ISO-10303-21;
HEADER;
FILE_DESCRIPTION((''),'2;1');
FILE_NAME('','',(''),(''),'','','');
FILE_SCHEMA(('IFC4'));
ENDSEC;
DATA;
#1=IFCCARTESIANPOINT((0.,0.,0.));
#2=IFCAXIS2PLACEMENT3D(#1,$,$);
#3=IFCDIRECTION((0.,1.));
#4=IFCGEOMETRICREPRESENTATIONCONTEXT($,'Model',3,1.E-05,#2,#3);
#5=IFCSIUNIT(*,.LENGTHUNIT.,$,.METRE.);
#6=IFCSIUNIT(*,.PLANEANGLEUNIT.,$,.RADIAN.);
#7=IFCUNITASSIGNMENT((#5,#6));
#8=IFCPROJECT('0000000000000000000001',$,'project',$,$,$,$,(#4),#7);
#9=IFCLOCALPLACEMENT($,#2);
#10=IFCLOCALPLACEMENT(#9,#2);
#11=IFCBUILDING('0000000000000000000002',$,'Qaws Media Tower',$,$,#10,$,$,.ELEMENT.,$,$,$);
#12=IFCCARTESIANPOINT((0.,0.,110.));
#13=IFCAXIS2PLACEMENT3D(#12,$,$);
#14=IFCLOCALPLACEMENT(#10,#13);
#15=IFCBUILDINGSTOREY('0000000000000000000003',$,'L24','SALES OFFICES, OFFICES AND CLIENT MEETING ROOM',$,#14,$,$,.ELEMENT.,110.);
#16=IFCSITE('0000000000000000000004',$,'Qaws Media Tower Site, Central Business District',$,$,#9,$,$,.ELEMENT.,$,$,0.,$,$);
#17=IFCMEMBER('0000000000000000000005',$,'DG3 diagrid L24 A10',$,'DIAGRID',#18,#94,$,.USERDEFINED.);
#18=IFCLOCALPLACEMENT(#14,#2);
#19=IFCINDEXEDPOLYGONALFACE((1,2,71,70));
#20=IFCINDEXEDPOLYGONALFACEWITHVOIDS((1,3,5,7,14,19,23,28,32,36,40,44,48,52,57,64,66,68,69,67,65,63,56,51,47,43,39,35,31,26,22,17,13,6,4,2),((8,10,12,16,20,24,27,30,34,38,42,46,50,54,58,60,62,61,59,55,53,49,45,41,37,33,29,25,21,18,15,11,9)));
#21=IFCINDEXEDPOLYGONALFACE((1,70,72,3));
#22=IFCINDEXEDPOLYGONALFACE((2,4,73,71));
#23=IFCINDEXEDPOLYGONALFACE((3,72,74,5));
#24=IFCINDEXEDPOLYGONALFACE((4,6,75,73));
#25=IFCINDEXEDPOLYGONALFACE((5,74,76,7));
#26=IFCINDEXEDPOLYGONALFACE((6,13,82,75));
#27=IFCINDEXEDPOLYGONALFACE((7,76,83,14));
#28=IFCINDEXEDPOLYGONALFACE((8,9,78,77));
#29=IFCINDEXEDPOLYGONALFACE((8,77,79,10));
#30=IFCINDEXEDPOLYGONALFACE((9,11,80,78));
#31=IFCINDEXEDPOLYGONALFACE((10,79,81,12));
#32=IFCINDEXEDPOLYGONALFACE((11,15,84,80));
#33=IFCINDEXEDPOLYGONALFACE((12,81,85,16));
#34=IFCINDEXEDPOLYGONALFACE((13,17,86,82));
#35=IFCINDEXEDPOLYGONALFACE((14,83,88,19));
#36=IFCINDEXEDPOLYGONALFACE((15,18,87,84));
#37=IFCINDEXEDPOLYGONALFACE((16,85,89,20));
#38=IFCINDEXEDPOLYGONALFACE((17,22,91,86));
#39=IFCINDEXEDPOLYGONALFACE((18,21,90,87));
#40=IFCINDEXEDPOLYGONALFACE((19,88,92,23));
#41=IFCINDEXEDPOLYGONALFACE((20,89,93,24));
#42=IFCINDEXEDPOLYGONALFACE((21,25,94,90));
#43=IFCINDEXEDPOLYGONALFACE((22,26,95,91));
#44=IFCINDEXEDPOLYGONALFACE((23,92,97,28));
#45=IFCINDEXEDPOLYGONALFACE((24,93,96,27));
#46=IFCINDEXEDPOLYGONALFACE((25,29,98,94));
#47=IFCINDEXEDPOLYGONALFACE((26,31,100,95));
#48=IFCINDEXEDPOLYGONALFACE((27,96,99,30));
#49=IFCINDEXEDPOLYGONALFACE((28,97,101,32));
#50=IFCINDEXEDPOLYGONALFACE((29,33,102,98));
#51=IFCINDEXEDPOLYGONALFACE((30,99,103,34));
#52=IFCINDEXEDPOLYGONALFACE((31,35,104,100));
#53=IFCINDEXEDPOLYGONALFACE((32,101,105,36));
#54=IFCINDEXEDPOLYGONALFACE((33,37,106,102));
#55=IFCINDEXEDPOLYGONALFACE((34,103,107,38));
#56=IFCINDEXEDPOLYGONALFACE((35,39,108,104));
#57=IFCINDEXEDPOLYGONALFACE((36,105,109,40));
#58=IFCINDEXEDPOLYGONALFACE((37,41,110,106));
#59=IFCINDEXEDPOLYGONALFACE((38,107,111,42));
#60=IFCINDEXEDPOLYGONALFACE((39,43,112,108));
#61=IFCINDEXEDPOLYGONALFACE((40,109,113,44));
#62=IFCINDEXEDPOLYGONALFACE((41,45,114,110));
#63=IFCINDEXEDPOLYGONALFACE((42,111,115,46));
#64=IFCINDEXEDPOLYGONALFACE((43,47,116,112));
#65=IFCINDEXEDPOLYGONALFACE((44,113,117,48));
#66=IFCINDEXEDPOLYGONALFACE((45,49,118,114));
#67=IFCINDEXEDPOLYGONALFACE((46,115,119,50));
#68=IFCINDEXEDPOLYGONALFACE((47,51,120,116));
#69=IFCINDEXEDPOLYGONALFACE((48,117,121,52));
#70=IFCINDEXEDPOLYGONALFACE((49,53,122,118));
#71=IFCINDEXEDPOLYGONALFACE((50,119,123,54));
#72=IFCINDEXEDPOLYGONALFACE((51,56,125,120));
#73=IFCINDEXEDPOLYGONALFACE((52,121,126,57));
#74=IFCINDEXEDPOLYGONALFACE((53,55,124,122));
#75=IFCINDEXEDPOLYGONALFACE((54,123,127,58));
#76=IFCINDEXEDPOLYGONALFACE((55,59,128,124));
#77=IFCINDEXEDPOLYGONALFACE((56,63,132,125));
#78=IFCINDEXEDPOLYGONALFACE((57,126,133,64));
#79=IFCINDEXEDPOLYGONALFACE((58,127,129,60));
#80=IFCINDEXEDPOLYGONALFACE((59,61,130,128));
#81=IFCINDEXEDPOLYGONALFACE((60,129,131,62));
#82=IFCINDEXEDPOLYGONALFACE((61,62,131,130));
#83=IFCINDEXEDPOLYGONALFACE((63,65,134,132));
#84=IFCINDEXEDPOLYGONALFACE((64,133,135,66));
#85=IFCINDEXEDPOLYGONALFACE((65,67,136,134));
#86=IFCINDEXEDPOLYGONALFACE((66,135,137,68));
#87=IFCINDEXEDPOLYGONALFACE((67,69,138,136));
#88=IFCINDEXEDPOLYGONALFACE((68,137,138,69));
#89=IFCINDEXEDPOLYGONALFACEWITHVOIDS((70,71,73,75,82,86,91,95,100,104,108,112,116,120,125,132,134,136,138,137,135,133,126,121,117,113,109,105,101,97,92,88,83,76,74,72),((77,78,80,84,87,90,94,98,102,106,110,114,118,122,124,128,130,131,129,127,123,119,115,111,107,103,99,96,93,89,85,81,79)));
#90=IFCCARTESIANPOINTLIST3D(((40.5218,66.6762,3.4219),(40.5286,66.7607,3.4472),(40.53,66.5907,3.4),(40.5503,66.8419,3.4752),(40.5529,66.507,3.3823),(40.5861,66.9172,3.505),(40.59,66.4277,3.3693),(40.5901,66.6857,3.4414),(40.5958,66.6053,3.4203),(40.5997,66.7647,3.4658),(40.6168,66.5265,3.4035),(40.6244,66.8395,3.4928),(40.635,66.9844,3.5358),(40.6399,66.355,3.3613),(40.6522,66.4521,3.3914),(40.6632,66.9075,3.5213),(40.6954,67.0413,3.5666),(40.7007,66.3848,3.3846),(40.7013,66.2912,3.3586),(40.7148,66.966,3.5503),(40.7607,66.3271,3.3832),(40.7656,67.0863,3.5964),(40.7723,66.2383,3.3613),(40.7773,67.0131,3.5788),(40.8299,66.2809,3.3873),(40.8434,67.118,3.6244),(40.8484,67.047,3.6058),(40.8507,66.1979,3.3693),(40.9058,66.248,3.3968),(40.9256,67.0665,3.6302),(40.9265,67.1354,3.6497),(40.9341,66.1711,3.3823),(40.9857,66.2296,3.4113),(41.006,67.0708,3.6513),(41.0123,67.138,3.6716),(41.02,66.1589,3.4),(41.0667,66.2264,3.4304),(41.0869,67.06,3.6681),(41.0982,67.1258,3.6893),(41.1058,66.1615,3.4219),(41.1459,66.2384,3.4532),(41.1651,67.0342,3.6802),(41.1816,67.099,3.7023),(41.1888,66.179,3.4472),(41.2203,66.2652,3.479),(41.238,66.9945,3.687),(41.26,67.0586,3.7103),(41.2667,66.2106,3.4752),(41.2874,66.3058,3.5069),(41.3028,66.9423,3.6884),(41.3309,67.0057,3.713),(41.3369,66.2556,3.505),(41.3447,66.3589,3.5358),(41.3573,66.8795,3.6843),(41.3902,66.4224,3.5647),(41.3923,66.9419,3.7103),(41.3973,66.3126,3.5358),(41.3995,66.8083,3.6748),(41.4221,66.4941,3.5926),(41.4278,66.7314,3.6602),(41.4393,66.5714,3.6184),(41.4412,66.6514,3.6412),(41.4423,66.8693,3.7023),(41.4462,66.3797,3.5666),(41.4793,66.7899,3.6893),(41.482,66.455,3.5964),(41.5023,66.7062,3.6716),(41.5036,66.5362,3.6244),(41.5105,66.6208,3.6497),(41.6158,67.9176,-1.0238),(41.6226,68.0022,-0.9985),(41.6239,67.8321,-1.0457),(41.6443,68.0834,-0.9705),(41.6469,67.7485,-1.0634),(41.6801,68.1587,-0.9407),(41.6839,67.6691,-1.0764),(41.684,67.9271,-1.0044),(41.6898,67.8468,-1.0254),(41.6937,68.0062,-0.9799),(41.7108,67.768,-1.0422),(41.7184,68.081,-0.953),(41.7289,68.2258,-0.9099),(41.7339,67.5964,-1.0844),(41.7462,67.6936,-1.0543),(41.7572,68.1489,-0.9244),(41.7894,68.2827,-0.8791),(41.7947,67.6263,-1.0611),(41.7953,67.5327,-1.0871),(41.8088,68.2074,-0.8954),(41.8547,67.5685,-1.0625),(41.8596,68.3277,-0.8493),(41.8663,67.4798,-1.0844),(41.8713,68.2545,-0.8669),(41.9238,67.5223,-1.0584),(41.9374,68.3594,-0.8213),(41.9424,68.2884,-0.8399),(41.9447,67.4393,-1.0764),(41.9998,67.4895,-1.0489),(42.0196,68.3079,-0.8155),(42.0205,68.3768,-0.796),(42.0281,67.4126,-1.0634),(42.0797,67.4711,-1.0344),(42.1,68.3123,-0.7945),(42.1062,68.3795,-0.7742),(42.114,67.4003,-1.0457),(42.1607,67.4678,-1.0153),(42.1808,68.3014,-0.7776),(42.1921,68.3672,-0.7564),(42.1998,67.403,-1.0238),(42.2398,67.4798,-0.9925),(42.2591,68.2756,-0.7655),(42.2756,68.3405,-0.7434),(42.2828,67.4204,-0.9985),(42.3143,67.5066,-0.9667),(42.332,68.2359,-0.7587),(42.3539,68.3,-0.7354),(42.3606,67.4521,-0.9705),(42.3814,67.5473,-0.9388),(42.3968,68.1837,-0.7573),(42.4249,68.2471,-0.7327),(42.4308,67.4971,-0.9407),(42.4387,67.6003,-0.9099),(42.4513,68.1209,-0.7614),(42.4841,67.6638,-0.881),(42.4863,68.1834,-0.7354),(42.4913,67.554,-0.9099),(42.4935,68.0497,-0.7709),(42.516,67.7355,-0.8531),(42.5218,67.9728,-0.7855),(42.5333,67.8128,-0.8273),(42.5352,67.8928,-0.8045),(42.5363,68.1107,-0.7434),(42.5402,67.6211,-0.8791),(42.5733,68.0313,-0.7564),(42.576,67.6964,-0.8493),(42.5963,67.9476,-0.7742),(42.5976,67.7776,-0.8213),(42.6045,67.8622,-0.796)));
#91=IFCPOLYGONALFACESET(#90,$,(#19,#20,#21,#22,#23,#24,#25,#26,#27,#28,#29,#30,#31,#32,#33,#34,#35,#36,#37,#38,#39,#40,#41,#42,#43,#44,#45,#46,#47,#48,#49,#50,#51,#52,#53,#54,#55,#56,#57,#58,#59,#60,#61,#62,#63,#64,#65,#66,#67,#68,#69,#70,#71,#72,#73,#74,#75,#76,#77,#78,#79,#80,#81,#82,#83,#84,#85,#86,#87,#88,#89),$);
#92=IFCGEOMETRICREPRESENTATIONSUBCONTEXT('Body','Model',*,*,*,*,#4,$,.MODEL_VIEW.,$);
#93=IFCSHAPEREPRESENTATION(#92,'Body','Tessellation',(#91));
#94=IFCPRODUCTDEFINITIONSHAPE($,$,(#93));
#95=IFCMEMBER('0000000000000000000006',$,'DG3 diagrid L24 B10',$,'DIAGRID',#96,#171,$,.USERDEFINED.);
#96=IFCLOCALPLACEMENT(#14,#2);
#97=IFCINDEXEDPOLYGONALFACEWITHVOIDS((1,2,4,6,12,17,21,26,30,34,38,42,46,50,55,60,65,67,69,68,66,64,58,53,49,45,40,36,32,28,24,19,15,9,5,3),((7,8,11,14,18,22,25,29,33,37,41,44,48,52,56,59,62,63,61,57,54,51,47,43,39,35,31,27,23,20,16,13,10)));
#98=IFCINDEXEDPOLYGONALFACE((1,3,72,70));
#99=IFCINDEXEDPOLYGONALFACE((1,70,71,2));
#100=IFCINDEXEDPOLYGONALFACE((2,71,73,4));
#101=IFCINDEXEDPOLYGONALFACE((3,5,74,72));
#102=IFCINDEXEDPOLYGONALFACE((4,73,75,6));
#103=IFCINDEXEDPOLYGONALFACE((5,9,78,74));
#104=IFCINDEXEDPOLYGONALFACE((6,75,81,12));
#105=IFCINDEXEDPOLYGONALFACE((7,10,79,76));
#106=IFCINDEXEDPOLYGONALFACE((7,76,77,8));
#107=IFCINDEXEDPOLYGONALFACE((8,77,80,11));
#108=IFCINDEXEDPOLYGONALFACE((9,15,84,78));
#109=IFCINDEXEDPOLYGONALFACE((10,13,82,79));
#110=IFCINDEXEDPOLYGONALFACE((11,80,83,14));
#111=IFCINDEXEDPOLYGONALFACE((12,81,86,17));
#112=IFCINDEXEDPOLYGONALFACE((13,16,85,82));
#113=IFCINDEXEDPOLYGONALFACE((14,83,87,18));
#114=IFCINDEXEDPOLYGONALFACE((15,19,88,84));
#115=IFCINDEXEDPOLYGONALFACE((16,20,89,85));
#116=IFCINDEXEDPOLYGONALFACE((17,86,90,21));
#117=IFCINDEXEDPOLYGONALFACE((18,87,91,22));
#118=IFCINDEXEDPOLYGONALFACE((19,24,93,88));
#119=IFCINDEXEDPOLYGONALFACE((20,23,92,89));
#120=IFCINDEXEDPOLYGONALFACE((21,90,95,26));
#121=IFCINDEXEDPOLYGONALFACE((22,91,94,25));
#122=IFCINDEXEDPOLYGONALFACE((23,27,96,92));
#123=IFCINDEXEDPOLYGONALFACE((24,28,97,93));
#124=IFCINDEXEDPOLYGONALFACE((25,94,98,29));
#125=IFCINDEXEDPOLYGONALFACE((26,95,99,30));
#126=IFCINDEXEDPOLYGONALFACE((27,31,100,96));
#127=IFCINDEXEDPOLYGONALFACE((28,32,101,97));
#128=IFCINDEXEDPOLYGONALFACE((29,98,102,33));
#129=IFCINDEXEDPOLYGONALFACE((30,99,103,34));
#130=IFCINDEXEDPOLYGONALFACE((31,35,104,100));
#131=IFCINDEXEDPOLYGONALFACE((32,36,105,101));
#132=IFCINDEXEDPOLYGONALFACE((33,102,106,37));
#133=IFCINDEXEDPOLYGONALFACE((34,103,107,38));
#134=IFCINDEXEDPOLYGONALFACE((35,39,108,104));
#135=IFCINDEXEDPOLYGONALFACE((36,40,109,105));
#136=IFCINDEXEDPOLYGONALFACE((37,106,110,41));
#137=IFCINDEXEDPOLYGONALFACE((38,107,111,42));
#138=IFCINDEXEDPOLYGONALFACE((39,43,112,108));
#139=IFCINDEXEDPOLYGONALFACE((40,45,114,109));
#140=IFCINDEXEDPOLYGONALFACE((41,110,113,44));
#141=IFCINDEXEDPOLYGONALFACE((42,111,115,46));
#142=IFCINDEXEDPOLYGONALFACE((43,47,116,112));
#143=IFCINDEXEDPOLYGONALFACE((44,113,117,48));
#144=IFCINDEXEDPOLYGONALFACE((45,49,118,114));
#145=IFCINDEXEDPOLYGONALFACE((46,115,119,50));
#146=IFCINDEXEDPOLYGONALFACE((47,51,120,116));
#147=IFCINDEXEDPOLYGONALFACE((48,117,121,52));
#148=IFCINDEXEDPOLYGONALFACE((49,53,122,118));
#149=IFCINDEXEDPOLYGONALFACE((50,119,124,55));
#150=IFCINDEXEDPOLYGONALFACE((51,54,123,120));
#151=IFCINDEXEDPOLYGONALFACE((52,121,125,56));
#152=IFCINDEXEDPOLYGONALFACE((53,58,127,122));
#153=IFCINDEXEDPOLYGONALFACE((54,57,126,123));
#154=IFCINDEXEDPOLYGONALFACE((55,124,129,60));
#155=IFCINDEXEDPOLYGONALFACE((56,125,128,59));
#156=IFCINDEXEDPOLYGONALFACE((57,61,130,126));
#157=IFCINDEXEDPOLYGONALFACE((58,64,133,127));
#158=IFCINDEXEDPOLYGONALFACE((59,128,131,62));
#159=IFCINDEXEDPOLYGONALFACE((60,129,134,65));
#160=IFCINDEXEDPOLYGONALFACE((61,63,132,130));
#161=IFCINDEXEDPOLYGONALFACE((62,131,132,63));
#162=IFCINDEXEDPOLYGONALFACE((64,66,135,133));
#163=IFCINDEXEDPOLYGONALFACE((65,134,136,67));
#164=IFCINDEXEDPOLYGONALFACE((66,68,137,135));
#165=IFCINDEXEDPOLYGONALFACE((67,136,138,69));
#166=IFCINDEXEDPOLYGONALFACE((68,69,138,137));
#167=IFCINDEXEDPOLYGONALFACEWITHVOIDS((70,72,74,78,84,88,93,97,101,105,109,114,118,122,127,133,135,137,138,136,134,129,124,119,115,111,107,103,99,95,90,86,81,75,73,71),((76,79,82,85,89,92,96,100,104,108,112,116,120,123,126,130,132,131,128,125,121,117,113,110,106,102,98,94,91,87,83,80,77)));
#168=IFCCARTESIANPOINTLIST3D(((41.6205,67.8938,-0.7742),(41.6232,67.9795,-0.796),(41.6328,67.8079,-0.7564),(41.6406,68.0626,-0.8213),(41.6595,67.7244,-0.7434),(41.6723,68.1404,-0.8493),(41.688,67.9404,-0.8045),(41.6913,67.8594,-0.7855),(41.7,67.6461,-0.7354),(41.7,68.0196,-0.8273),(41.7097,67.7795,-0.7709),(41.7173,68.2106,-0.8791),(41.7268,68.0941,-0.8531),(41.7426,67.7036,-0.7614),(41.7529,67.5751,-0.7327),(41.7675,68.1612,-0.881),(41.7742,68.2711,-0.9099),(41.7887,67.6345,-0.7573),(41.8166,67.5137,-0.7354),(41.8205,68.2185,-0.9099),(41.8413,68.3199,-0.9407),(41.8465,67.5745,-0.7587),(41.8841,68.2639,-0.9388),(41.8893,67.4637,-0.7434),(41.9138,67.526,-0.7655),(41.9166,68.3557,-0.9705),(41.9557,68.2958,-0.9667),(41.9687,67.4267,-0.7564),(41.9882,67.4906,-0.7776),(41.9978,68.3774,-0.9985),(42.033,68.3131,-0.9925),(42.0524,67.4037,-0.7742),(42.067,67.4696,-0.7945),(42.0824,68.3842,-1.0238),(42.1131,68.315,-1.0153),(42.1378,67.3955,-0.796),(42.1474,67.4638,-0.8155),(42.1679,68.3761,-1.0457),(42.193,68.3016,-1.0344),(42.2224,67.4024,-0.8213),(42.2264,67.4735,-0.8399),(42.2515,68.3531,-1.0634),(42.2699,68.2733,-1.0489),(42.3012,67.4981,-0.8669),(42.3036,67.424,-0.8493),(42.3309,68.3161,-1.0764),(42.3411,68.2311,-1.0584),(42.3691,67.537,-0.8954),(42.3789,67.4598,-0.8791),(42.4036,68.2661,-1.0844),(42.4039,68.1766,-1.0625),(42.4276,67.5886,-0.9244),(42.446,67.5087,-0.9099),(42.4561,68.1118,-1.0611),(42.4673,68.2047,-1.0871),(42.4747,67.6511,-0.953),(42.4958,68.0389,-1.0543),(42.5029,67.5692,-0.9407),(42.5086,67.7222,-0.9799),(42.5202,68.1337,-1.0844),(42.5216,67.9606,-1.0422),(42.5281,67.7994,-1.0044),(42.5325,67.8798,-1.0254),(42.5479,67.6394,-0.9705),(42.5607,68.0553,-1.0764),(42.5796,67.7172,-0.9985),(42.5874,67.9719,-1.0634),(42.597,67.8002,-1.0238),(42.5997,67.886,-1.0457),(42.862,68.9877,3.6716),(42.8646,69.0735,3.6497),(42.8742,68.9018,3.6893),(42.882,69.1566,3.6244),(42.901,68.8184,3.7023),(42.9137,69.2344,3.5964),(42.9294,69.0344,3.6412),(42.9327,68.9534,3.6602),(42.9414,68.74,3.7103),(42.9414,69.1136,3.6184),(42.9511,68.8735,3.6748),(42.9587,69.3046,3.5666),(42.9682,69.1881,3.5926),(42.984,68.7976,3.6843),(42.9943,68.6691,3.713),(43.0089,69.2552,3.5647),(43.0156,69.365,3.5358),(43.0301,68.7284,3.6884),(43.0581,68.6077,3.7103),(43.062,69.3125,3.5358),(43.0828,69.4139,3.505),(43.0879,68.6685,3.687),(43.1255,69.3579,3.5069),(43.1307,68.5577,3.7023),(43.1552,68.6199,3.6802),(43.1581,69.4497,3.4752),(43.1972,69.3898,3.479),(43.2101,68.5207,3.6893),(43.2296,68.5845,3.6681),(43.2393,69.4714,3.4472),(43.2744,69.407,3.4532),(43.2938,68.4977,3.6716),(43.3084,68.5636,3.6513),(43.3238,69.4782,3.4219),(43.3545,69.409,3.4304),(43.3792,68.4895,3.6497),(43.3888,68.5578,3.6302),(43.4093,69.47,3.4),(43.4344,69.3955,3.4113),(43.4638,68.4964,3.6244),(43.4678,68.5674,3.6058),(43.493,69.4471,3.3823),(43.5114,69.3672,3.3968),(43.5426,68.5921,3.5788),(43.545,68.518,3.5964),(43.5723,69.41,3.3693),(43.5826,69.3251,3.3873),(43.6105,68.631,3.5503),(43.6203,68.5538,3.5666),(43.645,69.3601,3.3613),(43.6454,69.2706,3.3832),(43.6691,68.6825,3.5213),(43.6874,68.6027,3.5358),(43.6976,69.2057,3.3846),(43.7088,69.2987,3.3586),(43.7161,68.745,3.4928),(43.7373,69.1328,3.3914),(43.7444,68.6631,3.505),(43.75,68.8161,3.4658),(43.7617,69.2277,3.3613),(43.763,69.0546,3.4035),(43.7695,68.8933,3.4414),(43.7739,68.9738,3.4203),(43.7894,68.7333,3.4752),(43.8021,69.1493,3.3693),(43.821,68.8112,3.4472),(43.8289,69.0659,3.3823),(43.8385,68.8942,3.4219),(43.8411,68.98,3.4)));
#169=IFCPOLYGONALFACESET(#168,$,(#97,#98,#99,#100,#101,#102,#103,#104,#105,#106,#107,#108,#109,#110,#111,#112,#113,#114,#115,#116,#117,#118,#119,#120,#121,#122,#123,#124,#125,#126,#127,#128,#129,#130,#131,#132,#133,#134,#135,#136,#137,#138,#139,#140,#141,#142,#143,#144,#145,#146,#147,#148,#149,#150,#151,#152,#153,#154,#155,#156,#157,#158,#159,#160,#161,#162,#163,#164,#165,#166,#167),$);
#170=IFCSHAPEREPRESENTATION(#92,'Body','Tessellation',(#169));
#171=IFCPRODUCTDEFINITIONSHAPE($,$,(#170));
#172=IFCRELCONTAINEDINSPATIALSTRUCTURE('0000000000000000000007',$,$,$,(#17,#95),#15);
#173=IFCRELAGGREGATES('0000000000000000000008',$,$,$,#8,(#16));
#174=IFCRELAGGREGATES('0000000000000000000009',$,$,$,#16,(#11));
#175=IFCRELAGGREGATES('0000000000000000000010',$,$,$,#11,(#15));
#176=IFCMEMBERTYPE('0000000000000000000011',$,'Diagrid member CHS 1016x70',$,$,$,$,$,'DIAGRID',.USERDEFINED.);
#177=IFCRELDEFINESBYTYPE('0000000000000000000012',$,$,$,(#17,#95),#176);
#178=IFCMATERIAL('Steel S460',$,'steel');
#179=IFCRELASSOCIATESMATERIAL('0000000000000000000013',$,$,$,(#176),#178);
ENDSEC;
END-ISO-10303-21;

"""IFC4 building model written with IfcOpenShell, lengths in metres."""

from ifc_helpers import new_model, si_unit, direction, frame, origin, origin_2d, place, context, subcontext, project, spatial, hollow_circle, extrude, material, material_profile, profile_set, type_object, element, save


model = new_model("IFC4")

# Units and contexts
model_context = context("Model", 3, precision=1e-05, world=origin(), true_north=direction((0.0, 1.0)))
body_context = subcontext(model_context, "Body", "Model", "MODEL_VIEW")
ifc_project = project(units=[si_unit("LENGTHUNIT", "METRE"), si_unit("PLANEANGLEUNIT", "RADIAN")], contexts=[model_context])

# Site, building, storey
site_placement = place(None, origin())
site = spatial("IfcSite", under=ifc_project, at=site_placement, Name="Qaws Media Tower Site, Central Business District", CompositionType="ELEMENT", RefElevation=0.0)
building_placement = place(site_placement, origin())
building = spatial("IfcBuilding", under=site, at=building_placement, Name="Qaws Media Tower", CompositionType="ELEMENT")
storey_placement = place(building_placement, frame((0.0, 0.0, 110.0)))
storey = spatial("IfcBuildingStorey", under=building, at=storey_placement, Name="L24", Description="SALES OFFICES, OFFICES AND CLIENT MEETING ROOM", CompositionType="ELEMENT", Elevation=110.0)

# Members
ifc_material_1 = material(Name="Steel S460", Category="steel")
ifc_material_profile_1 = material_profile(ifc_material_1, hollow_circle(Radius=0.5081, WallThickness=0.0701, at=origin_2d()), Name="CHS 1016x70")
ifc_profile_set_1 = profile_set([ifc_material_profile_1], Name="Steel S460")
member_type_1 = type_object("IfcMemberType", Name="Diagrid member CHS 1016x70", ElementType="DIAGRID", PredefinedType="USERDEFINED", material=ifc_profile_set_1)
for number, where, z_axis, x_axis, name in (
    (1, (42.1101, 67.8899, -0.9099), (-0.230618, -0.261703, 0.937191), (0.75026, -0.661143, 0.0), "DG3 diagrid L24 A10"),
    (2, (42.1101, 67.8899, -0.9099), (0.261703, 0.230618, 0.937191), (-0.661143, 0.75026, 0.0), "DG3 diagrid L24 B10"),
):
    element("IfcMember", number, at=place(storey_placement, frame(where, z_axis=z_axis, x_axis=x_axis)), inside=storey, type_object=member_type_1, Name=name, ObjectType="DIAGRID", PredefinedType="USERDEFINED", context=body_context, shape_type="SweptSolid", body=[
        extrude(hollow_circle(Radius=0.5081, WallThickness=0.0701, at=origin_2d()), origin(), (0.0, 0.0, 1.0), 4.7437),
    ])

save(model, "model.ifc")
